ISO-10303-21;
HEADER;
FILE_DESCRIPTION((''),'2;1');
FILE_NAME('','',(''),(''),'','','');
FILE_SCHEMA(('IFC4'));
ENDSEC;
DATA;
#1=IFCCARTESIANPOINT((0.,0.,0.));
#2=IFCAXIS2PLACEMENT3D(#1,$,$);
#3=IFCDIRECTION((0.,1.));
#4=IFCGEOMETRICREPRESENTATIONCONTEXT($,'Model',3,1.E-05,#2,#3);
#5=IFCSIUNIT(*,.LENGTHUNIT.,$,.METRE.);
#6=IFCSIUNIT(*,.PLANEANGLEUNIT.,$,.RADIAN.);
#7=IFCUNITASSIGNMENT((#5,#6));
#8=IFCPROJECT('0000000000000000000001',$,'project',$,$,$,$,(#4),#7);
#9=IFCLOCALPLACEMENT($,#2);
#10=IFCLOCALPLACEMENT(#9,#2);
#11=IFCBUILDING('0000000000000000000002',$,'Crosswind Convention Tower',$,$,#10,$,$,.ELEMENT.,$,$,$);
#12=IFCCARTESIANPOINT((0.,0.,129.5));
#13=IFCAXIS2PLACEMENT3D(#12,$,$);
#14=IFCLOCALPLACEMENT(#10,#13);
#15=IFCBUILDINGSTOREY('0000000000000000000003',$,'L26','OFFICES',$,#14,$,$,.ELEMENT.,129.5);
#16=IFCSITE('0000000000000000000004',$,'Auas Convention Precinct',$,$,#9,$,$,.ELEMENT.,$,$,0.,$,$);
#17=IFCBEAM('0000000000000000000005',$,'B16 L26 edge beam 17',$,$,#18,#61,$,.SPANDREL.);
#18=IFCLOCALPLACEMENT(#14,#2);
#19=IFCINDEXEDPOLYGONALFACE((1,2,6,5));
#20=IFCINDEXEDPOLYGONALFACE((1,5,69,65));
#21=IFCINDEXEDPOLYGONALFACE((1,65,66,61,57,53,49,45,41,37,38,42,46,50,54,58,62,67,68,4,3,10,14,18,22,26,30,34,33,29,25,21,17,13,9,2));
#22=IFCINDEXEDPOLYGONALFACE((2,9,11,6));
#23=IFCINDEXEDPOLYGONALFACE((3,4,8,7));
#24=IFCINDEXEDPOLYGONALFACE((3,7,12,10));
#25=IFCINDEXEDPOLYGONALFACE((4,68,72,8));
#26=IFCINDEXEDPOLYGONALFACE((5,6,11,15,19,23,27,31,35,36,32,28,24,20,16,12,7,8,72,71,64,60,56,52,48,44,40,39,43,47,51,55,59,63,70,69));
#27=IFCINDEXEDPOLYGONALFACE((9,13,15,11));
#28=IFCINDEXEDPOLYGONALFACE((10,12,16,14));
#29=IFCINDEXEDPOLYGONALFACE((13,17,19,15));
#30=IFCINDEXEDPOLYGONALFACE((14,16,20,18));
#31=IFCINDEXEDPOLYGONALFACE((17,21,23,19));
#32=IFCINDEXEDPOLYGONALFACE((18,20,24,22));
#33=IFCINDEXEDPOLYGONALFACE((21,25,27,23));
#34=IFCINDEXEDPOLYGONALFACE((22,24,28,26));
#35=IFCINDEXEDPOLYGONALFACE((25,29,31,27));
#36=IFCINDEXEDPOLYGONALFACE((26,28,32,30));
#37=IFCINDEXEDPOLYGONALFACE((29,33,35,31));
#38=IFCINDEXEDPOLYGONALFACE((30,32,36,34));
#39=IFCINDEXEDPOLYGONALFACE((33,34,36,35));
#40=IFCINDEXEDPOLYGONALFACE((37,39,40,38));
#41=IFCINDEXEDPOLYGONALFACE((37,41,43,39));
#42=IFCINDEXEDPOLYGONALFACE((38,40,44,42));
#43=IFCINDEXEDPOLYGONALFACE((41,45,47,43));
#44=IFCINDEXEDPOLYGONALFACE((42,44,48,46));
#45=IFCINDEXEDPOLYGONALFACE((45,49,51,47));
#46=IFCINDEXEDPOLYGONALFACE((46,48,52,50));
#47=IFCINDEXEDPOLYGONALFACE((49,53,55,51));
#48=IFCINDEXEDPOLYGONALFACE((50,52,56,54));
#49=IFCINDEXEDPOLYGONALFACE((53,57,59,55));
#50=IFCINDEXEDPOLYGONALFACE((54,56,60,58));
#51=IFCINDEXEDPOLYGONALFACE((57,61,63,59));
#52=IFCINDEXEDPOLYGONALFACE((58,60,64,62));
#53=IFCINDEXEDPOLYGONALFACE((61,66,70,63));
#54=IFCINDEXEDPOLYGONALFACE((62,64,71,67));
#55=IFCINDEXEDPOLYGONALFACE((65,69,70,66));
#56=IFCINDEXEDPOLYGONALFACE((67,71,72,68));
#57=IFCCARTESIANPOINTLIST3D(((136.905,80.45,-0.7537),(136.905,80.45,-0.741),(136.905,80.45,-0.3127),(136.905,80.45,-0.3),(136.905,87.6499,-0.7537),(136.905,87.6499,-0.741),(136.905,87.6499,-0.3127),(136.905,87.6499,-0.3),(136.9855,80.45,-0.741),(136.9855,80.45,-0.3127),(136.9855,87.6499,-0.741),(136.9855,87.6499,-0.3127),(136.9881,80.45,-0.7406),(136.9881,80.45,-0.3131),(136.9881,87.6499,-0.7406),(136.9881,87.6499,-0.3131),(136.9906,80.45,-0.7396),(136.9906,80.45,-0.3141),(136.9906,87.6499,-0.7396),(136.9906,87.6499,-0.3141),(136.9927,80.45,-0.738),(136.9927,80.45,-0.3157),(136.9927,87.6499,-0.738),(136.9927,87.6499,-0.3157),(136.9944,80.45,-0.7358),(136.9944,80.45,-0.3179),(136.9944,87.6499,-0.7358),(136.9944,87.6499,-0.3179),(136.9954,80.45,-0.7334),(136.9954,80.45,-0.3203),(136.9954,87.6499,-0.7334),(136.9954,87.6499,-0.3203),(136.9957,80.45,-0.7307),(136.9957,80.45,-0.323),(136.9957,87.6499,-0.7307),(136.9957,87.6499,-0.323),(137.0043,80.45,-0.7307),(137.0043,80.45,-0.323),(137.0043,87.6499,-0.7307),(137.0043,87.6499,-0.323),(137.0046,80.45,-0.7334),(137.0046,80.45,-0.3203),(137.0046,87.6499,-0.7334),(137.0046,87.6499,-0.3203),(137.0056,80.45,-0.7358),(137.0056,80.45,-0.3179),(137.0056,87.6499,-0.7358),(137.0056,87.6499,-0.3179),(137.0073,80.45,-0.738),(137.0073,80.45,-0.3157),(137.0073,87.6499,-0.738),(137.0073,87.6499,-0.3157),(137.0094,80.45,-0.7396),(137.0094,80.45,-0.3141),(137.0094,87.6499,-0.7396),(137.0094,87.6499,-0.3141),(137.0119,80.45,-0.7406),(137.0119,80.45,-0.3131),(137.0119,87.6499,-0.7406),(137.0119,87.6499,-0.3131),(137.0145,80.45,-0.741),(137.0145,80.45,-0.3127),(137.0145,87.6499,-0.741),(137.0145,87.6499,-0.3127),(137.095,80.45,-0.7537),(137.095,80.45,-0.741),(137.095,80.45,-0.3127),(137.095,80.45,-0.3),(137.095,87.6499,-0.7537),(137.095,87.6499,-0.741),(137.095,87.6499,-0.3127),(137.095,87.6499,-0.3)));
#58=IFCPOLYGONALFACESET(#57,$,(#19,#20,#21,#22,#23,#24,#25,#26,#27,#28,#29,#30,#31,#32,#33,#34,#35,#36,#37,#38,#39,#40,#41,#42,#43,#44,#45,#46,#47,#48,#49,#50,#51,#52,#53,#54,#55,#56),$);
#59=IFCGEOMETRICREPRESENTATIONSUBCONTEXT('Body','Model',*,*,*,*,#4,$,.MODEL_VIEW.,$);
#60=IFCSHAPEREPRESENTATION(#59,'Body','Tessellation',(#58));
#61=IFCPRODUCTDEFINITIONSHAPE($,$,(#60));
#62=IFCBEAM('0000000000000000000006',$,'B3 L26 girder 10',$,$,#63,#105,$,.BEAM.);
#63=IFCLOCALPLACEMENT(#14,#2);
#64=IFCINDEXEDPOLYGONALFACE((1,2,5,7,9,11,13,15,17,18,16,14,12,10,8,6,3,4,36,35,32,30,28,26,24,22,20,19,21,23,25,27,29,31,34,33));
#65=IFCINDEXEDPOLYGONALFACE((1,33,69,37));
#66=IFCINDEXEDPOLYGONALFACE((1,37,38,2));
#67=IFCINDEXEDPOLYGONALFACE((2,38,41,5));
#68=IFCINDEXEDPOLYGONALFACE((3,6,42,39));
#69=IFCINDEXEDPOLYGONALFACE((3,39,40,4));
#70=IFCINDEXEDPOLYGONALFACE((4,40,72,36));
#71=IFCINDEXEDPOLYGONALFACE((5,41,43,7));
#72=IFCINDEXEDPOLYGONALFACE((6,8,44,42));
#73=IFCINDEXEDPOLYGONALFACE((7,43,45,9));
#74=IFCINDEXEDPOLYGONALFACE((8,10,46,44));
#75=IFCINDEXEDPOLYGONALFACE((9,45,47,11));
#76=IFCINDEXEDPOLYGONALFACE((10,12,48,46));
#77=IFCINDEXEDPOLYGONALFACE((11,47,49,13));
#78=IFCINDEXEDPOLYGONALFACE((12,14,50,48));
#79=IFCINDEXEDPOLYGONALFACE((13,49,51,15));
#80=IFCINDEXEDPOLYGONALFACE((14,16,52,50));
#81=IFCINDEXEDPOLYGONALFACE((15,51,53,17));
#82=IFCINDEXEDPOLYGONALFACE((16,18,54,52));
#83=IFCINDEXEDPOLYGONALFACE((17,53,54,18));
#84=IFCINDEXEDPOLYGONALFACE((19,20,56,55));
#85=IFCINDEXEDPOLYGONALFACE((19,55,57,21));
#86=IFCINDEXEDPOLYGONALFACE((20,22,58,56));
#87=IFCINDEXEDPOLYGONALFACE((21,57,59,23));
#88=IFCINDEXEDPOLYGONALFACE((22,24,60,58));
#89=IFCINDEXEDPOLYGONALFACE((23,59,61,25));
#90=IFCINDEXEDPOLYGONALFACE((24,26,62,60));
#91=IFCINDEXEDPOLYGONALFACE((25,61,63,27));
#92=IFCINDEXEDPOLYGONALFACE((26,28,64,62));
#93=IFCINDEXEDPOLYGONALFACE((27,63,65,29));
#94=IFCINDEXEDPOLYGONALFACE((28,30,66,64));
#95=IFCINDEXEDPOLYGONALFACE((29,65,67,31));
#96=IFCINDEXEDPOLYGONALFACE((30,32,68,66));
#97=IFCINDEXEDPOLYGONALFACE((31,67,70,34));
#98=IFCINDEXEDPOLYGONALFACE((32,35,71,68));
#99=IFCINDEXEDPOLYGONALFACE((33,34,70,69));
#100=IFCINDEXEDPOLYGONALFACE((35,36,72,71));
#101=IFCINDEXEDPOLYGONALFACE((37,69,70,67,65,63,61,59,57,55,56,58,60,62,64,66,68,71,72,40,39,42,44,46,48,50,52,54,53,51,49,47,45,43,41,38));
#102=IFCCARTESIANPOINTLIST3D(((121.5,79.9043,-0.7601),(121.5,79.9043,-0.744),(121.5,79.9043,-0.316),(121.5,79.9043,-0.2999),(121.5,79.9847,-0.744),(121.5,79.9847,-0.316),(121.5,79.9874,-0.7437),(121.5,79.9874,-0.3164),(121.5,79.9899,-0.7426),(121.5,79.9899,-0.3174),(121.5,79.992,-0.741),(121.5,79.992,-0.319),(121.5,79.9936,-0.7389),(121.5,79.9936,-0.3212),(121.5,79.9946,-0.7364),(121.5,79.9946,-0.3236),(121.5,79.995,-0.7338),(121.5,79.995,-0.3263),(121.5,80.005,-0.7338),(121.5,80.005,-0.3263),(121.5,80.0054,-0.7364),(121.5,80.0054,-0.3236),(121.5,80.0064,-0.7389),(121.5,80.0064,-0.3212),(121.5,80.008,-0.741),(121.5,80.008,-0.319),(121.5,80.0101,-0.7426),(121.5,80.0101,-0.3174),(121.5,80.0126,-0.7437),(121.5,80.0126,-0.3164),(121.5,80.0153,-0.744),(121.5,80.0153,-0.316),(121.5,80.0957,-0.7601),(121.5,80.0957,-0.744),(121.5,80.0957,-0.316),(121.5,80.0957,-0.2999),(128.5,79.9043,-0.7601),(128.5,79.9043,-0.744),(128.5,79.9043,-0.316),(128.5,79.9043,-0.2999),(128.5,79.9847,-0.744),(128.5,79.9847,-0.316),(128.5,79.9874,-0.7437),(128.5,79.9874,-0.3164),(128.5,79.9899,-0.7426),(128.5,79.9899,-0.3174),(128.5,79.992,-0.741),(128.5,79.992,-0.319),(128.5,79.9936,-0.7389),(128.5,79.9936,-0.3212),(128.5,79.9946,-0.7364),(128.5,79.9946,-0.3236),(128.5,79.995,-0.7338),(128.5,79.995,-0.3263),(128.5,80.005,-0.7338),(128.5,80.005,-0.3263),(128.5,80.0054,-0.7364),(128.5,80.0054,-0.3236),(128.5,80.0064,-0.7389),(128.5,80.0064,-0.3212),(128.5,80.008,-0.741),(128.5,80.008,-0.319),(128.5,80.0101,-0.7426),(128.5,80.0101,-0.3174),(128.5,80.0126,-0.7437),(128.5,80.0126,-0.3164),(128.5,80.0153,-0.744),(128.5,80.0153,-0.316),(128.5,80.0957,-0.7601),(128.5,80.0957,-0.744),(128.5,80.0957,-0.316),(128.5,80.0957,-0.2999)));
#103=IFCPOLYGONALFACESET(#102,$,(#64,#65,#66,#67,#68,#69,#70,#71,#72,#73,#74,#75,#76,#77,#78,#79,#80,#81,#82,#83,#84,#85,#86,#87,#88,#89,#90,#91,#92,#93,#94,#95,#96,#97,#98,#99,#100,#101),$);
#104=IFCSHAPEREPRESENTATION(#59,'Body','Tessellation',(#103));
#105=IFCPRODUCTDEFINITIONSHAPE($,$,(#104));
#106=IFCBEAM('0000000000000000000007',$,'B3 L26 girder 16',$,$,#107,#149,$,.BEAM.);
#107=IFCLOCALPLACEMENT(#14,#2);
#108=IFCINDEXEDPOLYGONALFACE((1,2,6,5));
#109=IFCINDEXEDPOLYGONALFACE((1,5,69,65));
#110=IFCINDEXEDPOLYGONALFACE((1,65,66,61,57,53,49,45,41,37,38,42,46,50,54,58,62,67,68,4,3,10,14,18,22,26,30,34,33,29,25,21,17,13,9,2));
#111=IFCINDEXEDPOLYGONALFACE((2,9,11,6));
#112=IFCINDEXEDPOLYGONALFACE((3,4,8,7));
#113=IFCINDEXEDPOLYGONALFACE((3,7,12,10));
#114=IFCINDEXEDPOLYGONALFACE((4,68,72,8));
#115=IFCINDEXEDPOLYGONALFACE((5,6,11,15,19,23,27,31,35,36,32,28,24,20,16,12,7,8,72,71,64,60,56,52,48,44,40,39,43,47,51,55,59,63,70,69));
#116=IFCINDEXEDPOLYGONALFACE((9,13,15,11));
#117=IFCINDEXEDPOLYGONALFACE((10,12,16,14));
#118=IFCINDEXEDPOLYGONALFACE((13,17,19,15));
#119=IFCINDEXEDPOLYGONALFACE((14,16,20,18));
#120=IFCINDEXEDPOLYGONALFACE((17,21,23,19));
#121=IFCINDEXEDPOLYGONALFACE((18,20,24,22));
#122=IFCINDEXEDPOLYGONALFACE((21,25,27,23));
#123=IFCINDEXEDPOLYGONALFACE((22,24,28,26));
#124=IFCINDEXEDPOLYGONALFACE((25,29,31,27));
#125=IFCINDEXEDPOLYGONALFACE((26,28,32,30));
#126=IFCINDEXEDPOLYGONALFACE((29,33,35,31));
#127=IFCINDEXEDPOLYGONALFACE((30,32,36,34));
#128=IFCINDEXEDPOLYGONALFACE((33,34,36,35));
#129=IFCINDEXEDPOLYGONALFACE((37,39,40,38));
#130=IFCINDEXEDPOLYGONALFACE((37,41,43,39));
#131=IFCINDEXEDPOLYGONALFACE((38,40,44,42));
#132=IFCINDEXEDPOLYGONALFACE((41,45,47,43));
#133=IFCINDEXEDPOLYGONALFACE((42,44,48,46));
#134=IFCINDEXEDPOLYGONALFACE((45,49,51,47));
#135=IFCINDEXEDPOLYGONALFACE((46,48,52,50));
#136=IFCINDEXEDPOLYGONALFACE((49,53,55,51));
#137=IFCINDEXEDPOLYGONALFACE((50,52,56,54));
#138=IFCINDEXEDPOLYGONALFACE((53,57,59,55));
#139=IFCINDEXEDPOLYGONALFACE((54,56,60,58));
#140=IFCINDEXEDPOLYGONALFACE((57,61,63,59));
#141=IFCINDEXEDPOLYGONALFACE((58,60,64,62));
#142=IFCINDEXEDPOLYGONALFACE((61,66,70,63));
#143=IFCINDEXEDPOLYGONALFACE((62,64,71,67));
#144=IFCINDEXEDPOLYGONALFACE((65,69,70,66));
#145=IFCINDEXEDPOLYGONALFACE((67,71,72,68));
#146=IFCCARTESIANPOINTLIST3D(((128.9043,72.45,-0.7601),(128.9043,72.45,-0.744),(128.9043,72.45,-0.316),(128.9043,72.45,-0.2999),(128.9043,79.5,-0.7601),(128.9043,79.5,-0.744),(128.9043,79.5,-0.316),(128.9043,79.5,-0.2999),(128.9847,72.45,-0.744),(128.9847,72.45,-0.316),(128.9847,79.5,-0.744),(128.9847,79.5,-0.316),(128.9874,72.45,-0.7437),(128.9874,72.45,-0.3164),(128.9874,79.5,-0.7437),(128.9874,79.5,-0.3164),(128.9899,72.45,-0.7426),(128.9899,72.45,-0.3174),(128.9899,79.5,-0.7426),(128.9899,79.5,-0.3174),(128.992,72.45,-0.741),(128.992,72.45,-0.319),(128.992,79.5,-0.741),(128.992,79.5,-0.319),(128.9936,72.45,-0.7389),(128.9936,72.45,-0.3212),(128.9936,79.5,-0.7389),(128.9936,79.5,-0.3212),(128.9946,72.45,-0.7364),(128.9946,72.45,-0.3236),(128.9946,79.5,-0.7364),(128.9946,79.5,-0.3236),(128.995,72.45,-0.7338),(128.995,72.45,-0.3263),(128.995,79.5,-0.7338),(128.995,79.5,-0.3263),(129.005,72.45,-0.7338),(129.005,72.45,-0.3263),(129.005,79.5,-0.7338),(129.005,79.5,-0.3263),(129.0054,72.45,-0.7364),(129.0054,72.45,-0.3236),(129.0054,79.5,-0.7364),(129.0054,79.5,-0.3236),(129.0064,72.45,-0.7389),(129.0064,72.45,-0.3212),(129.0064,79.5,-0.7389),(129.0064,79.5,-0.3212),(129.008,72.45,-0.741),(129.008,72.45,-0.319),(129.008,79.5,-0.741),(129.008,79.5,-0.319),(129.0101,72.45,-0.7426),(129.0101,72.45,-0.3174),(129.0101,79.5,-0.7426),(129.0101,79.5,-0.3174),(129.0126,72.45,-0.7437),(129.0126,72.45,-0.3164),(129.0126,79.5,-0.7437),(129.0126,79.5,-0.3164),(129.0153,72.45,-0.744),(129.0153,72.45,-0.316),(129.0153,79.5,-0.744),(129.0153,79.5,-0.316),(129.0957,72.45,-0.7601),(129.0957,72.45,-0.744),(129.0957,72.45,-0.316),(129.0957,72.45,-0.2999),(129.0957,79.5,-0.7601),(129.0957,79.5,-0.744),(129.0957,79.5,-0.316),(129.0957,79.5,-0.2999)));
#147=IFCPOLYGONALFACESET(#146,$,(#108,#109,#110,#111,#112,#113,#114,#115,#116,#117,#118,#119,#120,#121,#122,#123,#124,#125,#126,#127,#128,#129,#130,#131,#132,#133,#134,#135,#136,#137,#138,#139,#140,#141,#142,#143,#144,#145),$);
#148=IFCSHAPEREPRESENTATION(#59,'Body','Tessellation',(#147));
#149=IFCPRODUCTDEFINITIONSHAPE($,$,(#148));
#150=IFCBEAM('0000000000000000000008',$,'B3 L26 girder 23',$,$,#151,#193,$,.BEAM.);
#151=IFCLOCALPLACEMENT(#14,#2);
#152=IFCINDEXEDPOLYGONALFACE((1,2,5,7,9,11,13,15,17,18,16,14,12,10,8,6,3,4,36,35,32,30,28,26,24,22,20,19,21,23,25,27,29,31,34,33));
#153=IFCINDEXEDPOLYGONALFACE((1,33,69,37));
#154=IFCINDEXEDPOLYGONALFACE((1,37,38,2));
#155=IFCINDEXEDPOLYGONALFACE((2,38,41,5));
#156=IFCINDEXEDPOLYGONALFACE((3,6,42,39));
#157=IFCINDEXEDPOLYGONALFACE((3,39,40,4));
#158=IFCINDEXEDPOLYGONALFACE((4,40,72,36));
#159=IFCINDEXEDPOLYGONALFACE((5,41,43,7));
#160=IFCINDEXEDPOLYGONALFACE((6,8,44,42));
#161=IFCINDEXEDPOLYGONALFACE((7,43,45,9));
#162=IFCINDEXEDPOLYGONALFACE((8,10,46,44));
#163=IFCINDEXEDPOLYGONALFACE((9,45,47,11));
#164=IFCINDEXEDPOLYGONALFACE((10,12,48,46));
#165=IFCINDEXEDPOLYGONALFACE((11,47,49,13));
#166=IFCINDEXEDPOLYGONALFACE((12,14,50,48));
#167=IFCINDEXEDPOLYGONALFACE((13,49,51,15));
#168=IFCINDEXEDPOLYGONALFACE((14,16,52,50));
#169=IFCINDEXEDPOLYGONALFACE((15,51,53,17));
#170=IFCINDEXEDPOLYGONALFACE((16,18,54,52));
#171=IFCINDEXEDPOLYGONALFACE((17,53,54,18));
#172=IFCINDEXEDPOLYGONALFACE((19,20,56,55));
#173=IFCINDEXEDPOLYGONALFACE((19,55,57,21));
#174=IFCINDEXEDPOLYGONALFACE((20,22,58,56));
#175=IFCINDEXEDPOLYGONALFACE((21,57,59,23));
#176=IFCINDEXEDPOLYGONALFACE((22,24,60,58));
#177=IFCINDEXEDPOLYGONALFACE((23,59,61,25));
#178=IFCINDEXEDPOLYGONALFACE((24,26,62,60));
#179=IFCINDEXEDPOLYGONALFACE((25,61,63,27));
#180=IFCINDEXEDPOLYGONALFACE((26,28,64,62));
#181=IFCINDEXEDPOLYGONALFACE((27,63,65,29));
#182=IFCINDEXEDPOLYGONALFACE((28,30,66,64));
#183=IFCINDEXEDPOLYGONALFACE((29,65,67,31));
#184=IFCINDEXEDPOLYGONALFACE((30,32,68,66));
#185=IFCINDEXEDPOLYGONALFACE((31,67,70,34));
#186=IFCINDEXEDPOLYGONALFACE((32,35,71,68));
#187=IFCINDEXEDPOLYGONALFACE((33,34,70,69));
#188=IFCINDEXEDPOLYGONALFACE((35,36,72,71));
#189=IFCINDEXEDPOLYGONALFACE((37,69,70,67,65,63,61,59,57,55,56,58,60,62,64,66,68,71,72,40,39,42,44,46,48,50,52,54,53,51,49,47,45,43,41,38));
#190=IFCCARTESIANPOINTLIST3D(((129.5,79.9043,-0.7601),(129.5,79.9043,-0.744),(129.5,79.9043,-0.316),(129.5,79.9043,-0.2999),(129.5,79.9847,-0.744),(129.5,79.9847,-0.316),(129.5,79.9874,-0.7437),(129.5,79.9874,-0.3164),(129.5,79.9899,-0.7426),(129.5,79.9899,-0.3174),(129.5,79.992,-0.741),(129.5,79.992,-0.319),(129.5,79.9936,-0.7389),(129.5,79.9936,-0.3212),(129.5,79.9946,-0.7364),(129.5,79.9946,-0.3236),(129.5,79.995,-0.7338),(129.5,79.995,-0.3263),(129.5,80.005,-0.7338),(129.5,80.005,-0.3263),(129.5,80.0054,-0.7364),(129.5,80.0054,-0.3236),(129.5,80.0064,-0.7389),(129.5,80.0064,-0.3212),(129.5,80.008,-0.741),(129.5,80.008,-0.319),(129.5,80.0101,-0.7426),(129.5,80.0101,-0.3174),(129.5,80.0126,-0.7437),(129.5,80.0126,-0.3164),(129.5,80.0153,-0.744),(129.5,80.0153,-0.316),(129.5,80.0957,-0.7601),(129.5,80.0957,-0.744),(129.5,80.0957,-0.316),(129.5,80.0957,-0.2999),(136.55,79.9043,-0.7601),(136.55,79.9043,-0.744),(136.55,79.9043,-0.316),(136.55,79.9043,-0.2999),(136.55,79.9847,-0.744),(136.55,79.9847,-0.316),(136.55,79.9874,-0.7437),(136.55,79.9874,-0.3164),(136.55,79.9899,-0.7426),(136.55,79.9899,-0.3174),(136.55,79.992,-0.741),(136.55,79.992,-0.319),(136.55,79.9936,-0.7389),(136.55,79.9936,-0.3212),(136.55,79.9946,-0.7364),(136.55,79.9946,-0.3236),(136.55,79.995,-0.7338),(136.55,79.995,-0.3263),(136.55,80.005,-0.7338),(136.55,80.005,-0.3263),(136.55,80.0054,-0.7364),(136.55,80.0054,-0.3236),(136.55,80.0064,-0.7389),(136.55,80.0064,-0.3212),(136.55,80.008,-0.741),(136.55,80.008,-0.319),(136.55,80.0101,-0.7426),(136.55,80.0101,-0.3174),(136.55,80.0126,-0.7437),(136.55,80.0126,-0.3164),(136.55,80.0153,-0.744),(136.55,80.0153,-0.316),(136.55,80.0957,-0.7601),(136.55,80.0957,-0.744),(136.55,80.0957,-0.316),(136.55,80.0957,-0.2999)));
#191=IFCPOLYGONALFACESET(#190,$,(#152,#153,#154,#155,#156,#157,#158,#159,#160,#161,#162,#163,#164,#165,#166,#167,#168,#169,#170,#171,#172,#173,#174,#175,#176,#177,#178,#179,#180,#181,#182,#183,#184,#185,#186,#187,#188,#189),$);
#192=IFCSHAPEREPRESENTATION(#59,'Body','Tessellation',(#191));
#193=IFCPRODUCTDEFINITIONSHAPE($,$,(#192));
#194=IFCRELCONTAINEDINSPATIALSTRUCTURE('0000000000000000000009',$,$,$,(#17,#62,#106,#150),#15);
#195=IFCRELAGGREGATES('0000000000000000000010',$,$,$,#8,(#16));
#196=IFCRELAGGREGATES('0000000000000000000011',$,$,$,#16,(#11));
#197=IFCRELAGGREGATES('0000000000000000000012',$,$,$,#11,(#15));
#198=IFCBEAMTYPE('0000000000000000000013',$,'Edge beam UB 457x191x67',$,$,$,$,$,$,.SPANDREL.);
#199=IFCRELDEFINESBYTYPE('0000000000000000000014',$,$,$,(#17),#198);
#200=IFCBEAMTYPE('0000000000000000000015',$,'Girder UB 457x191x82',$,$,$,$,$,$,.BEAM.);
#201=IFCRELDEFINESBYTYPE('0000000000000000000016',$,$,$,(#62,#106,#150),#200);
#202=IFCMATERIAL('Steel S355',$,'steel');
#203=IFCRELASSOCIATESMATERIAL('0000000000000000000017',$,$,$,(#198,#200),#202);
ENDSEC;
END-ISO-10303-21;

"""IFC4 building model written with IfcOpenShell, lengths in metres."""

from ifc_helpers import new_model, si_unit, direction, frame, origin, origin_2d, place, context, subcontext, project, spatial, i_section, extrude, material, material_profile, profile_set, type_object, element, save


model = new_model("IFC4")

# Units and contexts
model_context = context("Model", 3, precision=1e-05, world=origin(), true_north=direction((0.0, 1.0)))
body_context = subcontext(model_context, "Body", "Model", "MODEL_VIEW")
ifc_project = project(units=[si_unit("LENGTHUNIT", "METRE"), si_unit("PLANEANGLEUNIT", "RADIAN")], contexts=[model_context])

# Site, building, storey
site_placement = place(None, origin())
site = spatial("IfcSite", under=ifc_project, at=site_placement, Name="Auas Convention Precinct", CompositionType="ELEMENT", RefElevation=0.0)
building_placement = place(site_placement, origin())
building = spatial("IfcBuilding", under=site, at=building_placement, Name="Crosswind Convention Tower", CompositionType="ELEMENT")
storey_placement = place(building_placement, frame((0.0, 0.0, 129.5)))
storey = spatial("IfcBuildingStorey", under=building, at=storey_placement, Name="L26", Description="OFFICES", CompositionType="ELEMENT", Elevation=129.5)

# Beams
ifc_material_1 = material(Name="Steel S355", Category="steel")
ifc_material_profile_1 = material_profile(ifc_material_1, i_section(OverallWidth=0.1899, OverallDepth=0.4536, WebThickness=0.0085, FlangeThickness=0.0127, FilletRadius=0.0103, at=origin_2d()), Name="UB 457x191x67")
ifc_profile_set_1 = profile_set([ifc_material_profile_1], Name="Steel S355")
beam_type_1 = type_object("IfcBeamType", Name="Edge beam UB 457x191x67", PredefinedType="SPANDREL", material=ifc_profile_set_1)
for number, where, z_axis, x_axis, name in (
    (1, (137.0, 80.45, -0.5269), (0.0, 1.0, 0.0), (-1.0, 0.0, 0.0), "B16 L26 edge beam 17"),
):
    element("IfcBeam", number, at=place(storey_placement, frame(where, z_axis=z_axis, x_axis=x_axis)), inside=storey, type_object=beam_type_1, Name=name, PredefinedType="SPANDREL", context=body_context, shape_type="SweptSolid", body=[
        extrude(i_section(OverallWidth=0.1899, OverallDepth=0.4536, WebThickness=0.0085, FlangeThickness=0.0127, FilletRadius=0.0103, at=origin_2d()), origin(), (0.0, 0.0, 1.0), 7.2),
    ])
ifc_material_profile_2 = material_profile(ifc_material_1, i_section(OverallWidth=0.1914, OverallDepth=0.4602, WebThickness=0.01, FlangeThickness=0.0161, FilletRadius=0.0103, at=origin_2d()), Name="UB 457x191x82")
ifc_profile_set_2 = profile_set([ifc_material_profile_2], Name="Steel S355")
beam_type_2 = type_object("IfcBeamType", Name="Girder UB 457x191x82", PredefinedType="BEAM", material=ifc_profile_set_2)
beam_1_placement = place(storey_placement, frame((121.5, 80.0, -0.53), z_axis=(1.0, 0.0, 0.0), x_axis=(0.0, 1.0, 0.0)))
element("IfcBeam", 2, at=beam_1_placement, inside=storey, type_object=beam_type_2, Name="B3 L26 girder 10", PredefinedType="BEAM", context=body_context, shape_type="SweptSolid", body=[
    extrude(i_section(OverallWidth=0.1914, OverallDepth=0.4602, WebThickness=0.01, FlangeThickness=0.0161, FilletRadius=0.0103, at=origin_2d()), origin(), (0.0, 0.0, 1.0), 7.0),
])
for number, where, z_axis, x_axis, name in (
    (3, (129.0, 72.45, -0.53), (0.0, 1.0, 0.0), (-1.0, 0.0, 0.0), "B3 L26 girder 16"),
    (4, (129.5, 80.0, -0.53), (1.0, 0.0, 0.0), (0.0, 1.0, 0.0), "B3 L26 girder 23"),
):
    element("IfcBeam", number, at=place(storey_placement, frame(where, z_axis=z_axis, x_axis=x_axis)), inside=storey, type_object=beam_type_2, Name=name, PredefinedType="BEAM", context=body_context, shape_type="SweptSolid", body=[
        extrude(i_section(OverallWidth=0.1914, OverallDepth=0.4602, WebThickness=0.01, FlangeThickness=0.0161, FilletRadius=0.0103, at=origin_2d()), origin(), (0.0, 0.0, 1.0), 7.05),
    ])

save(model, "model.ifc")
